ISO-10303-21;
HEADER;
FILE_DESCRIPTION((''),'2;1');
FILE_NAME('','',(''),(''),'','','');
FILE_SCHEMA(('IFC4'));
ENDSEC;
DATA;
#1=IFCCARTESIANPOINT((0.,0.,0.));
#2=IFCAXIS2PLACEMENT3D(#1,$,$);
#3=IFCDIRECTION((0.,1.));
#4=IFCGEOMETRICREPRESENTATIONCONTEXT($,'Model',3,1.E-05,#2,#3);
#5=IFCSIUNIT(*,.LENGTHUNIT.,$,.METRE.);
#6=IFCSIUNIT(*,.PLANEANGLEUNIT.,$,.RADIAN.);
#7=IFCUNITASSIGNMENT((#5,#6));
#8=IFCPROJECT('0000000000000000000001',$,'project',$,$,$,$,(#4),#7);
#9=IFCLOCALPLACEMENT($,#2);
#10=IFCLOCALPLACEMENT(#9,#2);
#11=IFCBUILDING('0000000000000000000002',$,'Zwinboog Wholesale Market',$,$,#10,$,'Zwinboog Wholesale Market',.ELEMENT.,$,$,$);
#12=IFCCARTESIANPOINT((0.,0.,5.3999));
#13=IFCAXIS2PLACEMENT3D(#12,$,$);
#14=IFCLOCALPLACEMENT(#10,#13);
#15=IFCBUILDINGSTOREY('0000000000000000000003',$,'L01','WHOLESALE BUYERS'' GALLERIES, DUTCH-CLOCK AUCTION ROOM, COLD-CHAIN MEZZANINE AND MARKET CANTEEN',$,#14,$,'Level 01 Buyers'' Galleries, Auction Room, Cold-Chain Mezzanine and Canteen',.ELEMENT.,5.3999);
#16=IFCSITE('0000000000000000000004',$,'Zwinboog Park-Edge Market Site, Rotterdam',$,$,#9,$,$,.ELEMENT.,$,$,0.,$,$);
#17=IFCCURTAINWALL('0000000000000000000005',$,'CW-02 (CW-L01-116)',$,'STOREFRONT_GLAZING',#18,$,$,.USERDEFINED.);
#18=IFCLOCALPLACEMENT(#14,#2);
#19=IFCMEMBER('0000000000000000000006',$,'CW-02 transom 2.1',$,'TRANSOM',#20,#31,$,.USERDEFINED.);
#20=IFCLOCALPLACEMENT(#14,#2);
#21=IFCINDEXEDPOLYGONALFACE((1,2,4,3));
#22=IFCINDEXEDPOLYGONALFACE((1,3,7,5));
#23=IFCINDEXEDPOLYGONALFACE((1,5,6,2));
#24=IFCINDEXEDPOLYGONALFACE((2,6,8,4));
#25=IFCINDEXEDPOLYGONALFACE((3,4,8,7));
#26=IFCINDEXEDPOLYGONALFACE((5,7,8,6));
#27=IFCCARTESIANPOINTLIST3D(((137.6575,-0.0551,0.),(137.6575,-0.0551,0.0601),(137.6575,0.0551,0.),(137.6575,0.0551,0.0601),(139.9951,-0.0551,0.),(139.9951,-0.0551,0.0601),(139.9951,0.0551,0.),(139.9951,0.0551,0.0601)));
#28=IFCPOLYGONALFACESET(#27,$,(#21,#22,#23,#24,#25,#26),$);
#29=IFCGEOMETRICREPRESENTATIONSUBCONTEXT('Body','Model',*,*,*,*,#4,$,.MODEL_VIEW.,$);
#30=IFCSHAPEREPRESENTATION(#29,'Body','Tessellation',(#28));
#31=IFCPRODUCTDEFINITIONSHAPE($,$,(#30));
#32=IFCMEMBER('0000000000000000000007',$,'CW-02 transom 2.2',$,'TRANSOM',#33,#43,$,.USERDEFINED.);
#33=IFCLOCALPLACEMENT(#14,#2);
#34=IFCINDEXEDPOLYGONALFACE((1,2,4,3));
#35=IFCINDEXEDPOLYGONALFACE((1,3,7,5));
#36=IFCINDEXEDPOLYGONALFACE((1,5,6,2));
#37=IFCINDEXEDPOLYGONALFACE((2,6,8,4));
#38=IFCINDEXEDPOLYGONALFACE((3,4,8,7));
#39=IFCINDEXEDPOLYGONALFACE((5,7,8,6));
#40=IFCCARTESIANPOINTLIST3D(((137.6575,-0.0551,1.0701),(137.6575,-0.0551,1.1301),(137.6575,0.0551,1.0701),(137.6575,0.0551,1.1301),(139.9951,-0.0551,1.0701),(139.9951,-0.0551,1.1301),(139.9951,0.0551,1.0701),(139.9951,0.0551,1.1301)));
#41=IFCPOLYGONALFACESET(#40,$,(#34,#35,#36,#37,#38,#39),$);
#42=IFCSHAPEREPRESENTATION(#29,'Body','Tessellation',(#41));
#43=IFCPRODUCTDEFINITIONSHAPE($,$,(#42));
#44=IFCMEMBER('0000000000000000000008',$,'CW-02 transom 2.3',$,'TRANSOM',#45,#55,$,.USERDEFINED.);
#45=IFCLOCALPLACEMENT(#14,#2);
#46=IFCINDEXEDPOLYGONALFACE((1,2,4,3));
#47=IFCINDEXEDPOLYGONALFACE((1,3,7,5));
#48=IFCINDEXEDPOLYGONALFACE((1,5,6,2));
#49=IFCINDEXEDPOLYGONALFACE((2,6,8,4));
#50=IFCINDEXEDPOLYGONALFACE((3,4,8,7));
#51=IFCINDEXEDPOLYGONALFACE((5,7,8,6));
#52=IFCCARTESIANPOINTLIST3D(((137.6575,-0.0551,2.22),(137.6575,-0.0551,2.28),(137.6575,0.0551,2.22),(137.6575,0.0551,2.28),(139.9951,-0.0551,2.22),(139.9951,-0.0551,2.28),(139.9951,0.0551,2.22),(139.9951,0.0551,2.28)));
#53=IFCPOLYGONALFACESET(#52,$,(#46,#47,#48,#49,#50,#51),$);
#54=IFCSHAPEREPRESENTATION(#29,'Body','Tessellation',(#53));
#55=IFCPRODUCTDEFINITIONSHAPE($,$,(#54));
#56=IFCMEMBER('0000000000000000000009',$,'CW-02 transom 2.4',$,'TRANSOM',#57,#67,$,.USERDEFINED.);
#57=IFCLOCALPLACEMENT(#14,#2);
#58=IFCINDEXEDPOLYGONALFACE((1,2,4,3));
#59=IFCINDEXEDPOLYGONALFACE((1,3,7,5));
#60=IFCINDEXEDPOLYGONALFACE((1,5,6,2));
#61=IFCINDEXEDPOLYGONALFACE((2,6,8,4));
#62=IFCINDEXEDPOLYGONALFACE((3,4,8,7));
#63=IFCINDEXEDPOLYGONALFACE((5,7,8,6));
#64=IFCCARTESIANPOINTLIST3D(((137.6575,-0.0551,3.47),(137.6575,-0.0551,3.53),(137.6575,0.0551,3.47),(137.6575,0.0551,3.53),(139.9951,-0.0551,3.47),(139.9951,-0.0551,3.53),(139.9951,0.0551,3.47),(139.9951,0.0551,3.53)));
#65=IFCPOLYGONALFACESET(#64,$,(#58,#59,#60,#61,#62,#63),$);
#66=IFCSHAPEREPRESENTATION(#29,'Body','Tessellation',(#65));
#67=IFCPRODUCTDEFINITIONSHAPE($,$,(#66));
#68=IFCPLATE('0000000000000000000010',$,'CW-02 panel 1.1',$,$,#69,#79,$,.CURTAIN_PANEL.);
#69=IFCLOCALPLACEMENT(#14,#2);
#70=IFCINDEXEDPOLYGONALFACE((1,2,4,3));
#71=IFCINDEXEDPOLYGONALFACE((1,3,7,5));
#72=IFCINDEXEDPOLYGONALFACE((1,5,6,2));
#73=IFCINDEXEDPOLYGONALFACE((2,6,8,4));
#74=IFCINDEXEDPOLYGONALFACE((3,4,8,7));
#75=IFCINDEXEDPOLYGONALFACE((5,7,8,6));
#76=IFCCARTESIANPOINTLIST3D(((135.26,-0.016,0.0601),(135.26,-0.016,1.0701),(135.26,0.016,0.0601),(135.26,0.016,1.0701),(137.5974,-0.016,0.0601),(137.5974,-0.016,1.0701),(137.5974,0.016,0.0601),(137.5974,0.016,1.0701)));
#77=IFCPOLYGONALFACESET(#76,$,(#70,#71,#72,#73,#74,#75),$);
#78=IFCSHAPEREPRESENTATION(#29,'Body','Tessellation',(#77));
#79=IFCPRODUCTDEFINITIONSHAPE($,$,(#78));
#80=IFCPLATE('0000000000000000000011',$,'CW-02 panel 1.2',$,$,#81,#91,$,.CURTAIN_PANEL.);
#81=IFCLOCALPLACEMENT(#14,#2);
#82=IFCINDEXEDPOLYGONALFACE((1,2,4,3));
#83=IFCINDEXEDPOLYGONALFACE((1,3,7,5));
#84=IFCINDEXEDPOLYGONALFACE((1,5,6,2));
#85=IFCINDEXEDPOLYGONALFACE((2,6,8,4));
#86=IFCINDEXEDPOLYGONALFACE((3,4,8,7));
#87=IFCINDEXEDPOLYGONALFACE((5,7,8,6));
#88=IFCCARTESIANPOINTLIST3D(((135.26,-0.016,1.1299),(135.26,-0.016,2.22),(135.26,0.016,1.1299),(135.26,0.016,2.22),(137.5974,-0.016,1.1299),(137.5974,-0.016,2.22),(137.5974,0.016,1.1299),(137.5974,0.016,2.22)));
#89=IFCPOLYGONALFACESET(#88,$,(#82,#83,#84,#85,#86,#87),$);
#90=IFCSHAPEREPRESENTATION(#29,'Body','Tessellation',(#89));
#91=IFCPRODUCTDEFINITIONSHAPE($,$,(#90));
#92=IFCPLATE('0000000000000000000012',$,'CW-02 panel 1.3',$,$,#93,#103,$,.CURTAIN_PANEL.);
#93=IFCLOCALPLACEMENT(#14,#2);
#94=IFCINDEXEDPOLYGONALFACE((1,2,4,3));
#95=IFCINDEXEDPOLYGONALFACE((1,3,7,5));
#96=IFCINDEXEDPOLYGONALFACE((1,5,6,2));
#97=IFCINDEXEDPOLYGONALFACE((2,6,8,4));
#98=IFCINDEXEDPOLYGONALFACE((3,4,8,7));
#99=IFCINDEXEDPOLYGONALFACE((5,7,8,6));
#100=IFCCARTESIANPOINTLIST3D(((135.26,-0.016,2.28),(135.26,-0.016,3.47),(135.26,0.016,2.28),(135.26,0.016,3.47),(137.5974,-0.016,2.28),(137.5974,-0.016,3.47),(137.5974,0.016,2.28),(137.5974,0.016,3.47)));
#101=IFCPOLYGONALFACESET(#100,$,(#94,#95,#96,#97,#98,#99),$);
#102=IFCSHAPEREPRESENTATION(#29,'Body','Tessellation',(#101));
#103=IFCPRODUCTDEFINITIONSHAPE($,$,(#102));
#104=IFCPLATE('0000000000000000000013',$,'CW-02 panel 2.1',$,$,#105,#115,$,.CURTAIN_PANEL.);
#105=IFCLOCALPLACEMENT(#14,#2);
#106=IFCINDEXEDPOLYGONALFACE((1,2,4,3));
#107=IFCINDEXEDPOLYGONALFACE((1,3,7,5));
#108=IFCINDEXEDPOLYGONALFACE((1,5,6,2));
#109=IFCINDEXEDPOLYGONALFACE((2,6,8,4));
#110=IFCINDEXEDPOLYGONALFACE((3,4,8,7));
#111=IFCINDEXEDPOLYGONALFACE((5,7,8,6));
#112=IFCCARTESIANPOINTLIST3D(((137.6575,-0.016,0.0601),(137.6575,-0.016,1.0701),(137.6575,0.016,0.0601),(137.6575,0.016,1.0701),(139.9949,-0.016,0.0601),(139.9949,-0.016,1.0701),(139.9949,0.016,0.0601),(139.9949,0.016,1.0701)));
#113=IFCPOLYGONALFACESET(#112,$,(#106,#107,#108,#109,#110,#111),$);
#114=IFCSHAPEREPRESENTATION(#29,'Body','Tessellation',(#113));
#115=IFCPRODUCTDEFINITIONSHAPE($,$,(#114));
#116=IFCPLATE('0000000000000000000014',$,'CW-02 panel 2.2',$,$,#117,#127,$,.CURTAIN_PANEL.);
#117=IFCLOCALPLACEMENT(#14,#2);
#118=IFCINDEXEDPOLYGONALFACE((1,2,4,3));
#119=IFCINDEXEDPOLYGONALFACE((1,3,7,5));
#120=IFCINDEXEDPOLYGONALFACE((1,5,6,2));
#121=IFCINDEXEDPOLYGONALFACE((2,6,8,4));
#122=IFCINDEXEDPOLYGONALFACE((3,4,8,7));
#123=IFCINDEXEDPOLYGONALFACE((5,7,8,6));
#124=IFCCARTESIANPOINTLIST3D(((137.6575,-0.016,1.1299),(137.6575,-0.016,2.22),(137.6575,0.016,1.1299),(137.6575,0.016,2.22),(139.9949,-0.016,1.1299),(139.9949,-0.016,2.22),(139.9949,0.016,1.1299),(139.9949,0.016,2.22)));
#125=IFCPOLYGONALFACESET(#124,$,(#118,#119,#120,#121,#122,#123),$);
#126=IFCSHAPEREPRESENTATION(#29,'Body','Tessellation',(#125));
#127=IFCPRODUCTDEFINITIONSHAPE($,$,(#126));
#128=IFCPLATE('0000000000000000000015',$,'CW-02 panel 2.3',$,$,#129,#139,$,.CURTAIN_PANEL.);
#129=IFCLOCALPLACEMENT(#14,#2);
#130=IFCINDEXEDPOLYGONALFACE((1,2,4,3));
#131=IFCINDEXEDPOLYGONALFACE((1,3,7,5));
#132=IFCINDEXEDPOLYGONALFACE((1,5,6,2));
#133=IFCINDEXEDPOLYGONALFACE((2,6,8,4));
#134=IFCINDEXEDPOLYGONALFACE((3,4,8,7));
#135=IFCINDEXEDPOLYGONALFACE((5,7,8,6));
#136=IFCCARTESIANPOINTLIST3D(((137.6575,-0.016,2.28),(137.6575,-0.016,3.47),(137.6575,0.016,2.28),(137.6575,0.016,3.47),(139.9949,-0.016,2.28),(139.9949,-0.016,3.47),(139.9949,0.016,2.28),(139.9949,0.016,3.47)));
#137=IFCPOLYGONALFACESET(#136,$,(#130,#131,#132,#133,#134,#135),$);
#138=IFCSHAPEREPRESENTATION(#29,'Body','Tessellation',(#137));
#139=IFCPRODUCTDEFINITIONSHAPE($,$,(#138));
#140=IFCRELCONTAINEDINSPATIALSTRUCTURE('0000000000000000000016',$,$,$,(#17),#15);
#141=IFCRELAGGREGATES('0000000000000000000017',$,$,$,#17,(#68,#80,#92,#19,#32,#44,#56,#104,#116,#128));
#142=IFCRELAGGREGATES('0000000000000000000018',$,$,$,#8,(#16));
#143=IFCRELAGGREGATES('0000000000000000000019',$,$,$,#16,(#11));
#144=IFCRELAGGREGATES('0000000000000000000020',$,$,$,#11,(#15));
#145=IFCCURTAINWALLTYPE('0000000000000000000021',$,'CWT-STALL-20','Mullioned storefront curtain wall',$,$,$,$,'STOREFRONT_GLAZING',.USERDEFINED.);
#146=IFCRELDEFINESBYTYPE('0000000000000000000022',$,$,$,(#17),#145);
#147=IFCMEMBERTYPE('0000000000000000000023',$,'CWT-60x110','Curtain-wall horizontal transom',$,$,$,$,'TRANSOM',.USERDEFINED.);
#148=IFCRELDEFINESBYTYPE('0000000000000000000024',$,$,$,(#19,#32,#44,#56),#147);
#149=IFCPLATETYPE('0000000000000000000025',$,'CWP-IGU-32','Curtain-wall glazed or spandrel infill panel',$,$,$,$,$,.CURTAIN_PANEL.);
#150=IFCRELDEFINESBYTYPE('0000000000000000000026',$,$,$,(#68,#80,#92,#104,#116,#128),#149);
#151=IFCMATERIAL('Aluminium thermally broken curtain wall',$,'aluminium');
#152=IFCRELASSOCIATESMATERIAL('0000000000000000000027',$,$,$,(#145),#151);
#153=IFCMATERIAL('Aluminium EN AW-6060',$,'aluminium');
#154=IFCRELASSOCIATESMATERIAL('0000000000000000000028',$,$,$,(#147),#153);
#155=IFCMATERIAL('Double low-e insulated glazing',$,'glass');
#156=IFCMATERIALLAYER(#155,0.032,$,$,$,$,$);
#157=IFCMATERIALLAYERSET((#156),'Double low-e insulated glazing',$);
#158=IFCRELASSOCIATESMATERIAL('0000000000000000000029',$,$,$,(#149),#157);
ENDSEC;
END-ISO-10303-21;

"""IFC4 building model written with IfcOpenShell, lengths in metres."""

from ifc_helpers import new_model, si_unit, direction, frame, origin, origin_2d, place, context, subcontext, project, spatial, rectangle, extrude, material, layer, layer_set, material_profile, profile_set, type_object, element, aggregate, save


model = new_model("IFC4")

# Units and contexts
model_context = context("Model", 3, precision=1e-05, world=origin(), true_north=direction((0.0, 1.0)))
body_context = subcontext(model_context, "Body", "Model", "MODEL_VIEW")
ifc_project = project(units=[si_unit("LENGTHUNIT", "METRE"), si_unit("PLANEANGLEUNIT", "RADIAN")], contexts=[model_context])

# Site, building, storey
site_placement = place(None, origin())
site = spatial("IfcSite", under=ifc_project, at=site_placement, Name="Zwinboog Park-Edge Market Site, Rotterdam", CompositionType="ELEMENT", RefElevation=0.0)
building_placement = place(site_placement, origin())
building = spatial("IfcBuilding", under=site, at=building_placement, Name="Zwinboog Wholesale Market", LongName="Zwinboog Wholesale Market", CompositionType="ELEMENT")
storey_placement = place(building_placement, frame((0.0, 0.0, 5.3999)))
storey = spatial("IfcBuildingStorey", under=building, at=storey_placement, Name="L01", Description="WHOLESALE BUYERS' GALLERIES, DUTCH-CLOCK AUCTION ROOM, COLD-CHAIN MEZZANINE AND MARKET CANTEEN", LongName="Level 01 Buyers' Galleries, Auction Room, Cold-Chain Mezzanine and Canteen", CompositionType="ELEMENT", Elevation=5.3999)

# Shared definitions
ifc_material_1 = material(Name="Aluminium thermally broken curtain wall", Category="aluminium")
ifc_material_2 = material(Name="Aluminium EN AW-6060", Category="aluminium")

# Curtain wall
curtain_wall_type_1 = type_object("IfcCurtainWallType", Name="CWT-STALL-20", Description="Mullioned storefront curtain wall", ElementType="STOREFRONT_GLAZING", PredefinedType="USERDEFINED", material=ifc_material_1)
curtain_wall_1_placement = place(storey_placement, origin())
curtain_wall_1 = element("IfcCurtainWall", 1, at=curtain_wall_1_placement, inside=storey, type_object=curtain_wall_type_1, Name="CW-02 (CW-L01-116)", ObjectType="STOREFRONT_GLAZING", PredefinedType="USERDEFINED")

# Members
ifc_material_profile_1 = material_profile(ifc_material_2, rectangle(XDim=0.1101, YDim=0.0601, at=origin_2d()), Name="AL 60x110")
ifc_profile_set_1 = profile_set([ifc_material_profile_1], Name="Aluminium EN AW-6060")
member_type_1 = type_object("IfcMemberType", Name="CWT-60x110", Description="Curtain-wall horizontal transom", ElementType="TRANSOM", PredefinedType="USERDEFINED", material=ifc_profile_set_1)
member_1_placement = place(storey_placement, frame((137.6575, 0.0, 0.03), z_axis=(1.0, 0.0, 0.0), x_axis=(0.0, 1.0, 0.0)))
member_1 = element("IfcMember", 2, at=member_1_placement, type_object=member_type_1, Name="CW-02 transom 2.1", ObjectType="TRANSOM", PredefinedType="USERDEFINED", context=body_context, shape_type="SweptSolid", body=[
    extrude(rectangle(XDim=0.1101, YDim=0.0601, at=origin_2d()), origin(), (0.0, 0.0, 1.0), 2.3376),
])
member_2_placement = place(storey_placement, frame((137.6575, 0.0, 1.1001), z_axis=(1.0, 0.0, 0.0), x_axis=(0.0, 1.0, 0.0)))
member_2 = element("IfcMember", 3, at=member_2_placement, type_object=member_type_1, Name="CW-02 transom 2.2", ObjectType="TRANSOM", PredefinedType="USERDEFINED", context=body_context, shape_type="SweptSolid", body=[
    extrude(rectangle(XDim=0.1101, YDim=0.0601, at=origin_2d()), origin(), (0.0, 0.0, 1.0), 2.3376),
])
member_3_placement = place(storey_placement, frame((137.6575, 0.0, 2.25), z_axis=(1.0, 0.0, 0.0), x_axis=(0.0, 1.0, 0.0)))
member_3 = element("IfcMember", 4, at=member_3_placement, type_object=member_type_1, Name="CW-02 transom 2.3", ObjectType="TRANSOM", PredefinedType="USERDEFINED", context=body_context, shape_type="SweptSolid", body=[
    extrude(rectangle(XDim=0.1101, YDim=0.0601, at=origin_2d()), origin(), (0.0, 0.0, 1.0), 2.3376),
])
member_4_placement = place(storey_placement, frame((137.6575, 0.0, 3.5), z_axis=(1.0, 0.0, 0.0), x_axis=(0.0, 1.0, 0.0)))
member_4 = element("IfcMember", 5, at=member_4_placement, type_object=member_type_1, Name="CW-02 transom 2.4", ObjectType="TRANSOM", PredefinedType="USERDEFINED", context=body_context, shape_type="SweptSolid", body=[
    extrude(rectangle(XDim=0.1101, YDim=0.0601, at=origin_2d()), origin(), (0.0, 0.0, 1.0), 2.3376),
])

# Plates
ifc_material_3 = material(Name="Double low-e insulated glazing", Category="glass")
ifc_layer = layer(ifc_material_3, 0.032)
ifc_layer_set = layer_set([ifc_layer], Name="Double low-e insulated glazing")
plate_type = type_object("IfcPlateType", Name="CWP-IGU-32", Description="Curtain-wall glazed or spandrel infill panel", PredefinedType="CURTAIN_PANEL", material=ifc_layer_set)
plate_1_placement = place(storey_placement, frame((136.4287, 0.0, 0.0601), z_axis=(0.0, 0.0, 1.0), x_axis=(1.0, 0.0, 0.0)))
plate_1 = element("IfcPlate", 6, at=plate_1_placement, type_object=plate_type, Name="CW-02 panel 1.1", PredefinedType="CURTAIN_PANEL", context=body_context, shape_type="SweptSolid", body=[
    extrude(rectangle(XDim=2.3374, YDim=0.032, at=origin_2d()), origin(), (0.0, 0.0, 1.0), 1.01),
])
plate_2_placement = place(storey_placement, frame((136.4287, 0.0, 1.1299), z_axis=(0.0, 0.0, 1.0), x_axis=(1.0, 0.0, 0.0)))
plate_2 = element("IfcPlate", 7, at=plate_2_placement, type_object=plate_type, Name="CW-02 panel 1.2", PredefinedType="CURTAIN_PANEL", context=body_context, shape_type="SweptSolid", body=[
    extrude(rectangle(XDim=2.3374, YDim=0.032, at=origin_2d()), origin(), (0.0, 0.0, 1.0), 1.0901),
])
plate_3_placement = place(storey_placement, frame((136.4287, 0.0, 2.28), z_axis=(0.0, 0.0, 1.0), x_axis=(1.0, 0.0, 0.0)))
plate_3 = element("IfcPlate", 8, at=plate_3_placement, type_object=plate_type, Name="CW-02 panel 1.3", PredefinedType="CURTAIN_PANEL", context=body_context, shape_type="SweptSolid", body=[
    extrude(rectangle(XDim=2.3374, YDim=0.032, at=origin_2d()), origin(), (0.0, 0.0, 1.0), 1.1899),
])
plate_4_placement = place(storey_placement, frame((138.8262, 0.0, 0.0601), z_axis=(0.0, 0.0, 1.0), x_axis=(1.0, 0.0, 0.0)))
plate_4 = element("IfcPlate", 9, at=plate_4_placement, type_object=plate_type, Name="CW-02 panel 2.1", PredefinedType="CURTAIN_PANEL", context=body_context, shape_type="SweptSolid", body=[
    extrude(rectangle(XDim=2.3374, YDim=0.032, at=origin_2d()), origin(), (0.0, 0.0, 1.0), 1.01),
])
plate_5_placement = place(storey_placement, frame((138.8262, 0.0, 1.1299), z_axis=(0.0, 0.0, 1.0), x_axis=(1.0, 0.0, 0.0)))
plate_5 = element("IfcPlate", 10, at=plate_5_placement, type_object=plate_type, Name="CW-02 panel 2.2", PredefinedType="CURTAIN_PANEL", context=body_context, shape_type="SweptSolid", body=[
    extrude(rectangle(XDim=2.3374, YDim=0.032, at=origin_2d()), origin(), (0.0, 0.0, 1.0), 1.0901),
])
plate_6_placement = place(storey_placement, frame((138.8262, 0.0, 2.28), z_axis=(0.0, 0.0, 1.0), x_axis=(1.0, 0.0, 0.0)))
plate_6 = element("IfcPlate", 11, at=plate_6_placement, type_object=plate_type, Name="CW-02 panel 2.3", PredefinedType="CURTAIN_PANEL", context=body_context, shape_type="SweptSolid", body=[
    extrude(rectangle(XDim=2.3374, YDim=0.032, at=origin_2d()), origin(), (0.0, 0.0, 1.0), 1.1899),
])
aggregate(curtain_wall_1, [plate_1, plate_2, plate_3, member_1, member_2, member_3, member_4, plate_4, plate_5, plate_6])

save(model, "model.ifc")
